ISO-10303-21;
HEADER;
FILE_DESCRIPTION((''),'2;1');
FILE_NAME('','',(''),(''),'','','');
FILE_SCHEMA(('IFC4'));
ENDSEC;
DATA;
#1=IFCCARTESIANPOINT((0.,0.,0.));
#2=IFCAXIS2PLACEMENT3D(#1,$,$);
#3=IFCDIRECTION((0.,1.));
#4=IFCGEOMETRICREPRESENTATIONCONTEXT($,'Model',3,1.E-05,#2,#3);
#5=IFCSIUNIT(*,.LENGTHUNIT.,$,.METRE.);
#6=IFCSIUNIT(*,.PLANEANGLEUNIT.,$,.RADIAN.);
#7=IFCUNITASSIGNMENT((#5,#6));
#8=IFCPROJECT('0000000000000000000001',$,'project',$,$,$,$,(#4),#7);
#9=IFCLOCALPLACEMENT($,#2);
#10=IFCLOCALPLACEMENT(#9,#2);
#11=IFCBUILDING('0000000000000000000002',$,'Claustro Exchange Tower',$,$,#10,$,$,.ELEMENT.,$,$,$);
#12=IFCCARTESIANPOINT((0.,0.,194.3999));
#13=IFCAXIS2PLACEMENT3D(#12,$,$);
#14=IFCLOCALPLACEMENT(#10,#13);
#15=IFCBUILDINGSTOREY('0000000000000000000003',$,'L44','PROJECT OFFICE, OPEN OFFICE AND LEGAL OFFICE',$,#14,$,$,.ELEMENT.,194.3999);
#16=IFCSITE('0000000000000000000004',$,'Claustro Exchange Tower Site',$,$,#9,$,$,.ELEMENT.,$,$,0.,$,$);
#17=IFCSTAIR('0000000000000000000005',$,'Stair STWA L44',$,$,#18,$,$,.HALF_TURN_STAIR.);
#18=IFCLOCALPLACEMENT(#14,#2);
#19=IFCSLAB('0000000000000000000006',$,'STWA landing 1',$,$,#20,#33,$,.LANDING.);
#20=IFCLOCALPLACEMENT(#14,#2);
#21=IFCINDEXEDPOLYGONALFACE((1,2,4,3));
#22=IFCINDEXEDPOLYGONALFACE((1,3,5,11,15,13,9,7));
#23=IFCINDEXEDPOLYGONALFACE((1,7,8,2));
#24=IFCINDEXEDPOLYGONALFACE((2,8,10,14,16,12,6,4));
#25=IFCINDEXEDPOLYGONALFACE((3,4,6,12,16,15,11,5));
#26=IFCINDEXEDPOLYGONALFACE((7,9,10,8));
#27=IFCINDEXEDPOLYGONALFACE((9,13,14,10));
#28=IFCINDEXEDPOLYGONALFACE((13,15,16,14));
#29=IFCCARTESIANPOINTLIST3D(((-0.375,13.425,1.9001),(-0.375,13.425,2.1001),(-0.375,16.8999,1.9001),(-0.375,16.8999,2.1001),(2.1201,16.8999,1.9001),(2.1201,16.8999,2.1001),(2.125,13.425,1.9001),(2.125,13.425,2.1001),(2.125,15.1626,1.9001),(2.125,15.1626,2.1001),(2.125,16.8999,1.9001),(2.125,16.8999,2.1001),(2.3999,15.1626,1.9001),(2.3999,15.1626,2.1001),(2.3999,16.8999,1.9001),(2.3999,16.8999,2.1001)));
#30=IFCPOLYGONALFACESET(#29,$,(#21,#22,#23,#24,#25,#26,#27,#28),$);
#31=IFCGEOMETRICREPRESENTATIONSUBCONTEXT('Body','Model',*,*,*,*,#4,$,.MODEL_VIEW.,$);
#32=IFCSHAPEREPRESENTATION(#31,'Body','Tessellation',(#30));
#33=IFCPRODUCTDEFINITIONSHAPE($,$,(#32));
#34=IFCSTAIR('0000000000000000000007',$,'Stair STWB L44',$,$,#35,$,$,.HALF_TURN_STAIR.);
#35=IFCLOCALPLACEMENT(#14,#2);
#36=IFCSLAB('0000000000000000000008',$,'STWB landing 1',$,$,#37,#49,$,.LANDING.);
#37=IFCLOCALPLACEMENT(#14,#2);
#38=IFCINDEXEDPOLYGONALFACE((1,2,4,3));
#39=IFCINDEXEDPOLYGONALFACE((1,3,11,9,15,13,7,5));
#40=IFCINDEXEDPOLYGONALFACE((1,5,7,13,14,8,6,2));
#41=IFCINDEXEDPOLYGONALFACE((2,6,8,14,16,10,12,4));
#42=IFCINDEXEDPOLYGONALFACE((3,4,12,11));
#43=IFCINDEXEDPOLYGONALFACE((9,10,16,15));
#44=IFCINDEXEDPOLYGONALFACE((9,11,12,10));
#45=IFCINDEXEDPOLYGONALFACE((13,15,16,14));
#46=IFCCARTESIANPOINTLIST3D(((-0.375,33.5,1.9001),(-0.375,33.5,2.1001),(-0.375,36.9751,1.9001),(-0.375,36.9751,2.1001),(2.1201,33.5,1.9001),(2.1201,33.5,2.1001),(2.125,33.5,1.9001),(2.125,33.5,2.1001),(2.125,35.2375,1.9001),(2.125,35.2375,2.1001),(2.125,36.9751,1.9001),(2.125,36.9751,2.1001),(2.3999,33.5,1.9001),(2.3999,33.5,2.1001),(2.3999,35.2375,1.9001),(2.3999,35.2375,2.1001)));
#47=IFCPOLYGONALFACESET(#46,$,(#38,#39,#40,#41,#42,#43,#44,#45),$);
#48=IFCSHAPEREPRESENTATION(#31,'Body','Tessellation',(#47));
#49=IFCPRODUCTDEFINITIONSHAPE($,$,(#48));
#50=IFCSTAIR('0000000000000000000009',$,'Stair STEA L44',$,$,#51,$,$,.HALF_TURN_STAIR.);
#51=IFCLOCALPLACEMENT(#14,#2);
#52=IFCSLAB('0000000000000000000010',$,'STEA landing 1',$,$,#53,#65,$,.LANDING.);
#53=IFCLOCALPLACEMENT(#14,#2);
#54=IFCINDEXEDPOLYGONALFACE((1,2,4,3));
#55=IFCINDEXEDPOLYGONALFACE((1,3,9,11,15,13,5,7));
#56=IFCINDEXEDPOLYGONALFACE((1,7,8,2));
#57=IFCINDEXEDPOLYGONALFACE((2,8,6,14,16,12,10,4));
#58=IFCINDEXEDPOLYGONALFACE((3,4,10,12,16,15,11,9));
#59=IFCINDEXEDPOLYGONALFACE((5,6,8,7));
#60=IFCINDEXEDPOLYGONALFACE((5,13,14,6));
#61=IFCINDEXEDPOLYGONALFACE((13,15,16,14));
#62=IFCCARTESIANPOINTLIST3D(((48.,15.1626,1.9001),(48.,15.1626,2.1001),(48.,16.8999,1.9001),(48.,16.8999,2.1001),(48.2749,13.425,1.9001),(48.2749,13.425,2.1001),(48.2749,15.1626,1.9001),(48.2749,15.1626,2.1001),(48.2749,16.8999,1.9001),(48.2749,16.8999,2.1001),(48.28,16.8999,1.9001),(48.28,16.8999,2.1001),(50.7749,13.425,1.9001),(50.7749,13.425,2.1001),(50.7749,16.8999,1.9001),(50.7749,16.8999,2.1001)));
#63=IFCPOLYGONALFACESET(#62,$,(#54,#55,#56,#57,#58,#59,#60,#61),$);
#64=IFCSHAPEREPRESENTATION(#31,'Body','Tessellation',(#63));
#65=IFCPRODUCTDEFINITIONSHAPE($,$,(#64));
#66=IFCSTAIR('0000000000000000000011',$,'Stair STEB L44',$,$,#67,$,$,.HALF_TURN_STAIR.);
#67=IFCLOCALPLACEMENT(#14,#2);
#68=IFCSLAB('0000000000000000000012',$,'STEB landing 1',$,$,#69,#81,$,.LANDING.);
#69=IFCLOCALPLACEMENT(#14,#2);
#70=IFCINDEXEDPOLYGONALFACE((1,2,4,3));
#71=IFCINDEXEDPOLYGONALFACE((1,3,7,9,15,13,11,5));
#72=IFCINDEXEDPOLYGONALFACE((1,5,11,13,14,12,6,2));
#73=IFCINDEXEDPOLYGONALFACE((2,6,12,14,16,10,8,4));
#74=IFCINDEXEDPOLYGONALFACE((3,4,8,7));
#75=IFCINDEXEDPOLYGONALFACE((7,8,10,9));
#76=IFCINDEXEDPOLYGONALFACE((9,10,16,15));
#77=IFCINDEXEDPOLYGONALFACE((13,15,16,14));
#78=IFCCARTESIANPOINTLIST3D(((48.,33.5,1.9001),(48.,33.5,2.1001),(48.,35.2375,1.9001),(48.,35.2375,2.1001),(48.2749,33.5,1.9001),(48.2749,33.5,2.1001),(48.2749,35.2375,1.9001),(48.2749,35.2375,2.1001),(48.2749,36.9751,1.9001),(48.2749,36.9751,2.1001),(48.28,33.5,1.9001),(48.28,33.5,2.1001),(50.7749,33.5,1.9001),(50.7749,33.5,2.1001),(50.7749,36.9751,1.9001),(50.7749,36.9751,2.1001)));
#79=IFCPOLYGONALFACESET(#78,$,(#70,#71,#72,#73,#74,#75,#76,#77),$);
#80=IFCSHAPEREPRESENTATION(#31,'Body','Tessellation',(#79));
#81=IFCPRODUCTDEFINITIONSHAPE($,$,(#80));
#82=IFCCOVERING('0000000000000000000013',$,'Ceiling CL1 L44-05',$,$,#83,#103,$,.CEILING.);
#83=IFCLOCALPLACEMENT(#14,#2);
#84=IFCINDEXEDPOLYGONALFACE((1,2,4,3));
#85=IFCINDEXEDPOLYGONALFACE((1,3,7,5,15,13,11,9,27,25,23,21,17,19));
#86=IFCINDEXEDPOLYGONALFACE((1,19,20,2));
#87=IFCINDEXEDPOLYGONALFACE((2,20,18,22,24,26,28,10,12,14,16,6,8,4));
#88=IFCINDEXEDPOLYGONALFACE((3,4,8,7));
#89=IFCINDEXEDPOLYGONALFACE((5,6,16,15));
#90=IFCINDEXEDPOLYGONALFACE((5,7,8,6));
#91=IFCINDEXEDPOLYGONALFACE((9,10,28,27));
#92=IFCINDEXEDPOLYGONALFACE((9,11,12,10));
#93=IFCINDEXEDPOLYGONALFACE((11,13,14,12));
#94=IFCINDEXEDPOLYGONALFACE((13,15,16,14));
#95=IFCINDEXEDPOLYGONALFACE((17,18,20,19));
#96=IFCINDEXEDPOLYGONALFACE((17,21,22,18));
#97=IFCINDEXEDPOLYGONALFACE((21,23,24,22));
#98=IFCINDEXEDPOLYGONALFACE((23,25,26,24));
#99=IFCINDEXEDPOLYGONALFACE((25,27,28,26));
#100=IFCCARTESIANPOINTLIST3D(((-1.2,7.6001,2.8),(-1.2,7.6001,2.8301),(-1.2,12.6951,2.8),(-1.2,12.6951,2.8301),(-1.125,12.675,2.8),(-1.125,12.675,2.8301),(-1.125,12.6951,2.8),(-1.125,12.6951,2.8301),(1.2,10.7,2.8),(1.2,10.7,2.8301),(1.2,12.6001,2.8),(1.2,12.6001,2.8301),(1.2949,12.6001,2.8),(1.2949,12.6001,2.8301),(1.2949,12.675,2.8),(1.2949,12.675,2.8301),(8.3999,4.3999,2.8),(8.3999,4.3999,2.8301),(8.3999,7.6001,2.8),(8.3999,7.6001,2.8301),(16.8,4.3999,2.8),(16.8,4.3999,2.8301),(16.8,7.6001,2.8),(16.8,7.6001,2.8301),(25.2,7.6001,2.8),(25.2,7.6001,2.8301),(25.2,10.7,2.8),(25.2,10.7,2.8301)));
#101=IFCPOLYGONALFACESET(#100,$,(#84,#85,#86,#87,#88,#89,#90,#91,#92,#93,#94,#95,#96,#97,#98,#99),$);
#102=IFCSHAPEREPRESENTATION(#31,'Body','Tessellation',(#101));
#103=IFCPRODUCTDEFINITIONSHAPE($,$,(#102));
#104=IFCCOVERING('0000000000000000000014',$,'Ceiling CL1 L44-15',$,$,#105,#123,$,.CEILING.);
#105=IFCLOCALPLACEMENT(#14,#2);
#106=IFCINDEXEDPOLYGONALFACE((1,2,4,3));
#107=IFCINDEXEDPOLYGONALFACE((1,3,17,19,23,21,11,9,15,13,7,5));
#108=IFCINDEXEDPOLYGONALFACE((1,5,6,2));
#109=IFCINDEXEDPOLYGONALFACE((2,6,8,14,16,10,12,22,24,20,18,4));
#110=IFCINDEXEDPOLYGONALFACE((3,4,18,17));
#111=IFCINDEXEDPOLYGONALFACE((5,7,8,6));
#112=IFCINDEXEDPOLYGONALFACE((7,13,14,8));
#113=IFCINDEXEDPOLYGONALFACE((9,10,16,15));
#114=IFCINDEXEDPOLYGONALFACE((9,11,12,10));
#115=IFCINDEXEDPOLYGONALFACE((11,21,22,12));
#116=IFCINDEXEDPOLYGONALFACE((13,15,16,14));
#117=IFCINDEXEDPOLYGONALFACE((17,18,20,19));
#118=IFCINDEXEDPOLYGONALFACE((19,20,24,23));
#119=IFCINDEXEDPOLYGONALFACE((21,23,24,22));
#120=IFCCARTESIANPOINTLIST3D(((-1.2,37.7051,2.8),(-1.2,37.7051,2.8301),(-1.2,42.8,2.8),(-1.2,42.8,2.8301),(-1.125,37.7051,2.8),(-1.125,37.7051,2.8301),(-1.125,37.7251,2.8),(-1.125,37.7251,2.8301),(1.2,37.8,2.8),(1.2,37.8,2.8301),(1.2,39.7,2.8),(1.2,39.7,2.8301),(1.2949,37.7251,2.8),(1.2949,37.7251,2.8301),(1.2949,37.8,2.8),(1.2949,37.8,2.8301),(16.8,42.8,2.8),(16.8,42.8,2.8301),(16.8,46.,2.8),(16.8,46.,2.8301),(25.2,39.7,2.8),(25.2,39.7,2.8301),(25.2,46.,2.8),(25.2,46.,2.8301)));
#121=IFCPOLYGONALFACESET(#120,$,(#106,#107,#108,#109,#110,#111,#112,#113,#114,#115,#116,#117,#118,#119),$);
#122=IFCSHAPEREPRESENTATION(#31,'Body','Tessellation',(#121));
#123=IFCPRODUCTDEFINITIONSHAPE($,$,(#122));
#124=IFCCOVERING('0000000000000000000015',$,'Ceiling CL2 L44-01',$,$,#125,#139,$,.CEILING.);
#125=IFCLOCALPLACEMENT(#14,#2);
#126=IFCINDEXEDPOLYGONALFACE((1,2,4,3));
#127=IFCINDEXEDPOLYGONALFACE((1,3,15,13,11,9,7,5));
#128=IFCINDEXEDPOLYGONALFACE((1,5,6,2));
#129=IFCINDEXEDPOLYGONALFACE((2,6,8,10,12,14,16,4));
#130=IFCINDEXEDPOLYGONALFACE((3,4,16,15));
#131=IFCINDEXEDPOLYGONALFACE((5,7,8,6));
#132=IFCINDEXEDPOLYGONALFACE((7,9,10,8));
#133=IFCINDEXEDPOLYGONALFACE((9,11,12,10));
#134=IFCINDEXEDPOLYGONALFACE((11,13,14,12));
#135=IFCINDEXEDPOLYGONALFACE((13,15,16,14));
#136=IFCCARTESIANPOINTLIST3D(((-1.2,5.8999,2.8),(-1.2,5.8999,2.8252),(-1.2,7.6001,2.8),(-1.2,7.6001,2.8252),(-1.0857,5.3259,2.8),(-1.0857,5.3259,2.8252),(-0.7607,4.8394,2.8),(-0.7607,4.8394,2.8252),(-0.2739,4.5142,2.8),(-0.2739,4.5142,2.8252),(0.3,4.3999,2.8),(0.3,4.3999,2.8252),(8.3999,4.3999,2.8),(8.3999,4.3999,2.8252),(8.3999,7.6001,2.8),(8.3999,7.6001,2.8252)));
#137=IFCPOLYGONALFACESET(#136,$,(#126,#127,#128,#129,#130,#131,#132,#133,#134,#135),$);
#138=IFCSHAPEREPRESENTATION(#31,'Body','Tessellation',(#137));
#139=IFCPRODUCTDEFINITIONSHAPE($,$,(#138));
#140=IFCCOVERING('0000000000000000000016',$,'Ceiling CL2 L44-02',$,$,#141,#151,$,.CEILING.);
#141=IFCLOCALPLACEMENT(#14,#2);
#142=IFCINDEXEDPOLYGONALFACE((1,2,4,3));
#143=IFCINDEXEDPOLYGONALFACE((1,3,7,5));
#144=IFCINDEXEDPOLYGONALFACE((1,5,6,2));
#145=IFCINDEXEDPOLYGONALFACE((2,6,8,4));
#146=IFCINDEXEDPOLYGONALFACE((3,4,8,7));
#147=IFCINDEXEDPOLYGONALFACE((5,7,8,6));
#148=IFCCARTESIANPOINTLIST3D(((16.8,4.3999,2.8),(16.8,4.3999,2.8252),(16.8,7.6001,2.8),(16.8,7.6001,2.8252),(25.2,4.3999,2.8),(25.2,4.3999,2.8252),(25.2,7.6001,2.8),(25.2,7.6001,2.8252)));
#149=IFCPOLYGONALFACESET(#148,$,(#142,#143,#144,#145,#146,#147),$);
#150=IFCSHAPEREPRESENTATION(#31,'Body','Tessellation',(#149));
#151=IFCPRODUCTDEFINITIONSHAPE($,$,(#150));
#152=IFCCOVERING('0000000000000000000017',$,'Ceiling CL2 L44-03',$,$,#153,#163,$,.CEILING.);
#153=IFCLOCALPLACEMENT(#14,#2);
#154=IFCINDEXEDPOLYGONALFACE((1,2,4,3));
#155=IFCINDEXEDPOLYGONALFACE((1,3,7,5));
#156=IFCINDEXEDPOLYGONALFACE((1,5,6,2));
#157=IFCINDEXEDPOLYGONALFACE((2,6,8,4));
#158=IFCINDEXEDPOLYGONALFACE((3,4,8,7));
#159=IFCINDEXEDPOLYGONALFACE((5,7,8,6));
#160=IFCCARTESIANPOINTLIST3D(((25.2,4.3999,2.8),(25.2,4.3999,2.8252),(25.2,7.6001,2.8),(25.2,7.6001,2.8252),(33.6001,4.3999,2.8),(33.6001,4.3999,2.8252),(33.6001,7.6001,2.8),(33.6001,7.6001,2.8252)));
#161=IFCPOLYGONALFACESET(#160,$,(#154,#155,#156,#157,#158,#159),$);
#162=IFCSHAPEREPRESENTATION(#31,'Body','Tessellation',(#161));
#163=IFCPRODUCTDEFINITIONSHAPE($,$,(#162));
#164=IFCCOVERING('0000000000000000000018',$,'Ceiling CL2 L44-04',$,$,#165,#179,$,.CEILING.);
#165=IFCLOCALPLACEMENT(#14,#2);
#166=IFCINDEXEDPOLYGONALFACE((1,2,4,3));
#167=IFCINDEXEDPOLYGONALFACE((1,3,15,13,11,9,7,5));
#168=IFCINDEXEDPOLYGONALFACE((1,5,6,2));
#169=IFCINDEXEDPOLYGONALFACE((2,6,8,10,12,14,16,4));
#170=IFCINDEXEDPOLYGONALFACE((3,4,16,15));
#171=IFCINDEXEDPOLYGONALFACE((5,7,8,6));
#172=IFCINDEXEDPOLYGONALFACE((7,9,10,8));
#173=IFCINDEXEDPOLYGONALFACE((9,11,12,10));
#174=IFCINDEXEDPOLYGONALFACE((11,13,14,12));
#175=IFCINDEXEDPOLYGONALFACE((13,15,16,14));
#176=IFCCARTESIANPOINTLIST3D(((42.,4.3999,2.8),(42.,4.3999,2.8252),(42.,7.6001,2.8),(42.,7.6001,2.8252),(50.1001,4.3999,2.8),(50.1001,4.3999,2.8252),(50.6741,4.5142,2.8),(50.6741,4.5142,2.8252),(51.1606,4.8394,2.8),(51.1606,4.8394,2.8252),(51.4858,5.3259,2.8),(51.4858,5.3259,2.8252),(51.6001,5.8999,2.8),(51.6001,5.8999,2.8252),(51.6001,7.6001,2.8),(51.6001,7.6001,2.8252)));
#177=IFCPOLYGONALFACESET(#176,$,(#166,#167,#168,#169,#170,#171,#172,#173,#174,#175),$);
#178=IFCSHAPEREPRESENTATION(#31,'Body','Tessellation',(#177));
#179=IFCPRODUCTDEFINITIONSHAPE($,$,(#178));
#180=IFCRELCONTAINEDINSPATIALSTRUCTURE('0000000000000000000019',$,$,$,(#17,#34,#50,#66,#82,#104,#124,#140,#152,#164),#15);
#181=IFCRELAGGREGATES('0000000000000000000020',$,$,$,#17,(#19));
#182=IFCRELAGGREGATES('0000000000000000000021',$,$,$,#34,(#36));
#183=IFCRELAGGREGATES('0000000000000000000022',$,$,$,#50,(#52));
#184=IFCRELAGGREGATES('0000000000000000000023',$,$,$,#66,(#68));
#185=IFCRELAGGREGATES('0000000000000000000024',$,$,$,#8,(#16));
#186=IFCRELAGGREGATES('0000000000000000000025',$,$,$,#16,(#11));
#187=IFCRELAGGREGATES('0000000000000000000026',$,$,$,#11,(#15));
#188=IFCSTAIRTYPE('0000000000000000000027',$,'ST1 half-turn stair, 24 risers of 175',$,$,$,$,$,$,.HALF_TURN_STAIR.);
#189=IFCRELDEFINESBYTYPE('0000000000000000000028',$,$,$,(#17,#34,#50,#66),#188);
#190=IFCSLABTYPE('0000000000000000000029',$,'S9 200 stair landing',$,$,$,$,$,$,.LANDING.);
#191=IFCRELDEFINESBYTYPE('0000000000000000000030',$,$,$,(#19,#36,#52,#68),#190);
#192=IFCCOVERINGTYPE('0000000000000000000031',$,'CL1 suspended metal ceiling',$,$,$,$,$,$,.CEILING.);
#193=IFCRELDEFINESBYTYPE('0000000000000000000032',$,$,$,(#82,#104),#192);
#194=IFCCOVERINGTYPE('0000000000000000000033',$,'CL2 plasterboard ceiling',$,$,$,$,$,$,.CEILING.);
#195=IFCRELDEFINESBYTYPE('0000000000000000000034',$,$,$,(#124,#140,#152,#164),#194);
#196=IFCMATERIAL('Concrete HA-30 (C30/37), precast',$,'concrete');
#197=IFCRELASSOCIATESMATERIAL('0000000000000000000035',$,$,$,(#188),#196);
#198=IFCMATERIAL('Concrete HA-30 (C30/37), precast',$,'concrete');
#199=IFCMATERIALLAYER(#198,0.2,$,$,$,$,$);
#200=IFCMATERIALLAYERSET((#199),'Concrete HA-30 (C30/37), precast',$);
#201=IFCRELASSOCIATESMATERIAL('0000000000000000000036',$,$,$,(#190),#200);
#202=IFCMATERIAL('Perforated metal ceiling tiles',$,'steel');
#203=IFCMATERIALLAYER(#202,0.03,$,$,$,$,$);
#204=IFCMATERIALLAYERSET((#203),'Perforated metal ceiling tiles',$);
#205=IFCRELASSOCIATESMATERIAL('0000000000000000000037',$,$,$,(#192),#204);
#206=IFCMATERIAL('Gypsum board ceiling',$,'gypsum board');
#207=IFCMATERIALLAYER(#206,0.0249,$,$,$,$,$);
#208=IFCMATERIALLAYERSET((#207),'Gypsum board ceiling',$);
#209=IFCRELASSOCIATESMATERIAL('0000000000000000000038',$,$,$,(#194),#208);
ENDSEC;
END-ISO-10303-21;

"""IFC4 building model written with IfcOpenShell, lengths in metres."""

from ifc_helpers import new_model, si_unit, direction, frame, origin, place, context, subcontext, project, spatial, polyline, outline, extrude, material, layer, layer_set, type_object, element, aggregate, save


model = new_model("IFC4")

# Units and contexts
model_context = context("Model", 3, precision=1e-05, world=origin(), true_north=direction((0.0, 1.0)))
body_context = subcontext(model_context, "Body", "Model", "MODEL_VIEW")
ifc_project = project(units=[si_unit("LENGTHUNIT", "METRE"), si_unit("PLANEANGLEUNIT", "RADIAN")], contexts=[model_context])

# Site, building, storey
site_placement = place(None, origin())
site = spatial("IfcSite", under=ifc_project, at=site_placement, Name="Claustro Exchange Tower Site", CompositionType="ELEMENT", RefElevation=0.0)
building_placement = place(site_placement, origin())
building = spatial("IfcBuilding", under=site, at=building_placement, Name="Claustro Exchange Tower", CompositionType="ELEMENT")
storey_placement = place(building_placement, frame((0.0, 0.0, 194.3999)))
storey = spatial("IfcBuildingStorey", under=building, at=storey_placement, Name="L44", Description="PROJECT OFFICE, OPEN OFFICE AND LEGAL OFFICE", CompositionType="ELEMENT", Elevation=194.3999)

# Stairs, slabs
ifc_material_1 = material(Name="Concrete HA-30 (C30/37), precast", Category="concrete")
stair_type = type_object("IfcStairType", Name="ST1 half-turn stair, 24 risers of 175", PredefinedType="HALF_TURN_STAIR", material=ifc_material_1)
stair_1_placement = place(storey_placement, origin())
stair_1 = element("IfcStair", 1, at=stair_1_placement, inside=storey, type_object=stair_type, Name="Stair STWA L44", PredefinedType="HALF_TURN_STAIR")
ifc_material_2 = material(Name="Concrete HA-30 (C30/37), precast", Category="concrete")
ifc_layer_1 = layer(ifc_material_2, 0.2)
ifc_layer_set_1 = layer_set([ifc_layer_1], Name="Concrete HA-30 (C30/37), precast")
slab_type_1 = type_object("IfcSlabType", Name="S9 200 stair landing", PredefinedType="LANDING", material=ifc_layer_set_1)
slab_1_placement = place(storey_placement, frame((0.0, 0.0, 1.9001)))
slab_1 = element("IfcSlab", 2, at=slab_1_placement, type_object=slab_type_1, Name="STWA landing 1", PredefinedType="LANDING", context=body_context, shape_type="SweptSolid", body=[
    extrude(outline(polyline([(2.125, 13.425), (-0.375, 13.425), (-0.375, 16.8999), (2.1201, 16.8999), (2.125, 16.8999), (2.3999, 16.8999), (2.3999, 15.1626), (2.125, 15.1626), (2.125, 13.425)])), origin(), (0.0, 0.0, 1.0), 0.2),
])
aggregate(stair_1, [slab_1])
stair_2_placement = place(storey_placement, origin())
stair_2 = element("IfcStair", 3, at=stair_2_placement, inside=storey, type_object=stair_type, Name="Stair STWB L44", PredefinedType="HALF_TURN_STAIR")
slab_2_placement = place(storey_placement, frame((0.0, 0.0, 1.9001)))
slab_2 = element("IfcSlab", 4, at=slab_2_placement, type_object=slab_type_1, Name="STWB landing 1", PredefinedType="LANDING", context=body_context, shape_type="SweptSolid", body=[
    extrude(outline(polyline([(2.3999, 35.2375), (2.3999, 33.5), (2.125, 33.5), (2.1201, 33.5), (-0.375, 33.5), (-0.375, 36.9751), (2.125, 36.9751), (2.125, 35.2375), (2.3999, 35.2375)])), origin(), (0.0, 0.0, 1.0), 0.2),
])
aggregate(stair_2, [slab_2])
stair_3_placement = place(storey_placement, origin())
stair_3 = element("IfcStair", 5, at=stair_3_placement, inside=storey, type_object=stair_type, Name="Stair STEA L44", PredefinedType="HALF_TURN_STAIR")
slab_3_placement = place(storey_placement, frame((0.0, 0.0, 1.9001)))
slab_3 = element("IfcSlab", 6, at=slab_3_placement, type_object=slab_type_1, Name="STEA landing 1", PredefinedType="LANDING", context=body_context, shape_type="SweptSolid", body=[
    extrude(outline(polyline([(50.7749, 16.8999), (50.7749, 13.425), (48.2749, 13.425), (48.2749, 15.1626), (48.0, 15.1626), (48.0, 16.8999), (48.2749, 16.8999), (48.28, 16.8999), (50.7749, 16.8999)])), origin(), (0.0, 0.0, 1.0), 0.2),
])
aggregate(stair_3, [slab_3])
stair_4_placement = place(storey_placement, origin())
stair_4 = element("IfcStair", 7, at=stair_4_placement, inside=storey, type_object=stair_type, Name="Stair STEB L44", PredefinedType="HALF_TURN_STAIR")
slab_4_placement = place(storey_placement, frame((0.0, 0.0, 1.9001)))
slab_4 = element("IfcSlab", 8, at=slab_4_placement, type_object=slab_type_1, Name="STEB landing 1", PredefinedType="LANDING", context=body_context, shape_type="SweptSolid", body=[
    extrude(outline(polyline([(48.0, 33.5), (48.0, 35.2375), (48.2749, 35.2375), (48.2749, 36.9751), (50.7749, 36.9751), (50.7749, 33.5), (48.28, 33.5), (48.2749, 33.5), (48.0, 33.5)])), origin(), (0.0, 0.0, 1.0), 0.2),
])
aggregate(stair_4, [slab_4])

# Coverings
ifc_material_3 = material(Name="Perforated metal ceiling tiles", Category="steel")
ifc_layer_2 = layer(ifc_material_3, 0.03)
ifc_layer_set_2 = layer_set([ifc_layer_2], Name="Perforated metal ceiling tiles")
covering_type_1 = type_object("IfcCoveringType", Name="CL1 suspended metal ceiling", PredefinedType="CEILING", material=ifc_layer_set_2)
covering_1_placement = place(storey_placement, frame((0.0, 0.0, 2.8)))
element("IfcCovering", 9, at=covering_1_placement, inside=storey, type_object=covering_type_1, Name="Ceiling CL1 L44-05", PredefinedType="CEILING", context=body_context, shape_type="SweptSolid", body=[
    extrude(outline(polyline([(1.2, 10.7), (1.2, 12.6001), (1.2949, 12.6001), (1.2949, 12.675), (-1.125, 12.675), (-1.125, 12.6951), (-1.2, 12.6951), (-1.2, 7.6001), (8.3999, 7.6001), (8.3999, 4.3999), (16.8, 4.3999), (16.8, 7.6001), (25.2, 7.6001), (25.2, 10.7), (1.2, 10.7)])), origin(), (0.0, 0.0, 1.0), 0.03),
])
covering_2_placement = place(storey_placement, frame((0.0, 0.0, 2.8)))
element("IfcCovering", 10, at=covering_2_placement, inside=storey, type_object=covering_type_1, Name="Ceiling CL1 L44-15", PredefinedType="CEILING", context=body_context, shape_type="SweptSolid", body=[
    extrude(outline(polyline([(-1.125, 37.7251), (1.2949, 37.7251), (1.2949, 37.8), (1.2, 37.8), (1.2, 39.7), (25.2, 39.7), (25.2, 46.0), (16.8, 46.0), (16.8, 42.8), (-1.2, 42.8), (-1.2, 37.7051), (-1.125, 37.7051), (-1.125, 37.7251)])), origin(), (0.0, 0.0, 1.0), 0.03),
])
ifc_material_4 = material(Name="Gypsum board ceiling", Category="gypsum board")
ifc_layer_3 = layer(ifc_material_4, 0.0249)
ifc_layer_set_3 = layer_set([ifc_layer_3], Name="Gypsum board ceiling")
covering_type_2 = type_object("IfcCoveringType", Name="CL2 plasterboard ceiling", PredefinedType="CEILING", material=ifc_layer_set_3)
covering_3_placement = place(storey_placement, frame((0.0, 0.0, 2.8)))
element("IfcCovering", 11, at=covering_3_placement, inside=storey, type_object=covering_type_2, Name="Ceiling CL2 L44-01", PredefinedType="CEILING", context=body_context, shape_type="SweptSolid", body=[
    extrude(outline(polyline([(-1.0857, 5.3259), (-0.7607, 4.8394), (-0.2739, 4.5142), (0.3, 4.3999), (8.3999, 4.3999), (8.3999, 7.6001), (-1.2, 7.6001), (-1.2, 5.8999), (-1.0857, 5.3259)])), origin(), (0.0, 0.0, 1.0), 0.0251),
])
covering_4_placement = place(storey_placement, frame((0.0, 0.0, 2.8)))
element("IfcCovering", 12, at=covering_4_placement, inside=storey, type_object=covering_type_2, Name="Ceiling CL2 L44-02", PredefinedType="CEILING", context=body_context, shape_type="SweptSolid", body=[
    extrude(outline(polyline([(16.8, 4.3999), (25.2, 4.3999), (25.2, 7.6001), (16.8, 7.6001), (16.8, 4.3999)])), origin(), (0.0, 0.0, 1.0), 0.0251),
])
covering_5_placement = place(storey_placement, frame((0.0, 0.0, 2.8)))
element("IfcCovering", 13, at=covering_5_placement, inside=storey, type_object=covering_type_2, Name="Ceiling CL2 L44-03", PredefinedType="CEILING", context=body_context, shape_type="SweptSolid", body=[
    extrude(outline(polyline([(25.2, 4.3999), (33.6001, 4.3999), (33.6001, 7.6001), (25.2, 7.6001), (25.2, 4.3999)])), origin(), (0.0, 0.0, 1.0), 0.0251),
])
covering_6_placement = place(storey_placement, frame((0.0, 0.0, 2.8)))
element("IfcCovering", 14, at=covering_6_placement, inside=storey, type_object=covering_type_2, Name="Ceiling CL2 L44-04", PredefinedType="CEILING", context=body_context, shape_type="SweptSolid", body=[
    extrude(outline(polyline([(51.6001, 5.8999), (51.6001, 7.6001), (42.0, 7.6001), (42.0, 4.3999), (50.1001, 4.3999), (50.6741, 4.5142), (51.1606, 4.8394), (51.4858, 5.3259), (51.6001, 5.8999)])), origin(), (0.0, 0.0, 1.0), 0.0251),
])

save(model, "model.ifc")
